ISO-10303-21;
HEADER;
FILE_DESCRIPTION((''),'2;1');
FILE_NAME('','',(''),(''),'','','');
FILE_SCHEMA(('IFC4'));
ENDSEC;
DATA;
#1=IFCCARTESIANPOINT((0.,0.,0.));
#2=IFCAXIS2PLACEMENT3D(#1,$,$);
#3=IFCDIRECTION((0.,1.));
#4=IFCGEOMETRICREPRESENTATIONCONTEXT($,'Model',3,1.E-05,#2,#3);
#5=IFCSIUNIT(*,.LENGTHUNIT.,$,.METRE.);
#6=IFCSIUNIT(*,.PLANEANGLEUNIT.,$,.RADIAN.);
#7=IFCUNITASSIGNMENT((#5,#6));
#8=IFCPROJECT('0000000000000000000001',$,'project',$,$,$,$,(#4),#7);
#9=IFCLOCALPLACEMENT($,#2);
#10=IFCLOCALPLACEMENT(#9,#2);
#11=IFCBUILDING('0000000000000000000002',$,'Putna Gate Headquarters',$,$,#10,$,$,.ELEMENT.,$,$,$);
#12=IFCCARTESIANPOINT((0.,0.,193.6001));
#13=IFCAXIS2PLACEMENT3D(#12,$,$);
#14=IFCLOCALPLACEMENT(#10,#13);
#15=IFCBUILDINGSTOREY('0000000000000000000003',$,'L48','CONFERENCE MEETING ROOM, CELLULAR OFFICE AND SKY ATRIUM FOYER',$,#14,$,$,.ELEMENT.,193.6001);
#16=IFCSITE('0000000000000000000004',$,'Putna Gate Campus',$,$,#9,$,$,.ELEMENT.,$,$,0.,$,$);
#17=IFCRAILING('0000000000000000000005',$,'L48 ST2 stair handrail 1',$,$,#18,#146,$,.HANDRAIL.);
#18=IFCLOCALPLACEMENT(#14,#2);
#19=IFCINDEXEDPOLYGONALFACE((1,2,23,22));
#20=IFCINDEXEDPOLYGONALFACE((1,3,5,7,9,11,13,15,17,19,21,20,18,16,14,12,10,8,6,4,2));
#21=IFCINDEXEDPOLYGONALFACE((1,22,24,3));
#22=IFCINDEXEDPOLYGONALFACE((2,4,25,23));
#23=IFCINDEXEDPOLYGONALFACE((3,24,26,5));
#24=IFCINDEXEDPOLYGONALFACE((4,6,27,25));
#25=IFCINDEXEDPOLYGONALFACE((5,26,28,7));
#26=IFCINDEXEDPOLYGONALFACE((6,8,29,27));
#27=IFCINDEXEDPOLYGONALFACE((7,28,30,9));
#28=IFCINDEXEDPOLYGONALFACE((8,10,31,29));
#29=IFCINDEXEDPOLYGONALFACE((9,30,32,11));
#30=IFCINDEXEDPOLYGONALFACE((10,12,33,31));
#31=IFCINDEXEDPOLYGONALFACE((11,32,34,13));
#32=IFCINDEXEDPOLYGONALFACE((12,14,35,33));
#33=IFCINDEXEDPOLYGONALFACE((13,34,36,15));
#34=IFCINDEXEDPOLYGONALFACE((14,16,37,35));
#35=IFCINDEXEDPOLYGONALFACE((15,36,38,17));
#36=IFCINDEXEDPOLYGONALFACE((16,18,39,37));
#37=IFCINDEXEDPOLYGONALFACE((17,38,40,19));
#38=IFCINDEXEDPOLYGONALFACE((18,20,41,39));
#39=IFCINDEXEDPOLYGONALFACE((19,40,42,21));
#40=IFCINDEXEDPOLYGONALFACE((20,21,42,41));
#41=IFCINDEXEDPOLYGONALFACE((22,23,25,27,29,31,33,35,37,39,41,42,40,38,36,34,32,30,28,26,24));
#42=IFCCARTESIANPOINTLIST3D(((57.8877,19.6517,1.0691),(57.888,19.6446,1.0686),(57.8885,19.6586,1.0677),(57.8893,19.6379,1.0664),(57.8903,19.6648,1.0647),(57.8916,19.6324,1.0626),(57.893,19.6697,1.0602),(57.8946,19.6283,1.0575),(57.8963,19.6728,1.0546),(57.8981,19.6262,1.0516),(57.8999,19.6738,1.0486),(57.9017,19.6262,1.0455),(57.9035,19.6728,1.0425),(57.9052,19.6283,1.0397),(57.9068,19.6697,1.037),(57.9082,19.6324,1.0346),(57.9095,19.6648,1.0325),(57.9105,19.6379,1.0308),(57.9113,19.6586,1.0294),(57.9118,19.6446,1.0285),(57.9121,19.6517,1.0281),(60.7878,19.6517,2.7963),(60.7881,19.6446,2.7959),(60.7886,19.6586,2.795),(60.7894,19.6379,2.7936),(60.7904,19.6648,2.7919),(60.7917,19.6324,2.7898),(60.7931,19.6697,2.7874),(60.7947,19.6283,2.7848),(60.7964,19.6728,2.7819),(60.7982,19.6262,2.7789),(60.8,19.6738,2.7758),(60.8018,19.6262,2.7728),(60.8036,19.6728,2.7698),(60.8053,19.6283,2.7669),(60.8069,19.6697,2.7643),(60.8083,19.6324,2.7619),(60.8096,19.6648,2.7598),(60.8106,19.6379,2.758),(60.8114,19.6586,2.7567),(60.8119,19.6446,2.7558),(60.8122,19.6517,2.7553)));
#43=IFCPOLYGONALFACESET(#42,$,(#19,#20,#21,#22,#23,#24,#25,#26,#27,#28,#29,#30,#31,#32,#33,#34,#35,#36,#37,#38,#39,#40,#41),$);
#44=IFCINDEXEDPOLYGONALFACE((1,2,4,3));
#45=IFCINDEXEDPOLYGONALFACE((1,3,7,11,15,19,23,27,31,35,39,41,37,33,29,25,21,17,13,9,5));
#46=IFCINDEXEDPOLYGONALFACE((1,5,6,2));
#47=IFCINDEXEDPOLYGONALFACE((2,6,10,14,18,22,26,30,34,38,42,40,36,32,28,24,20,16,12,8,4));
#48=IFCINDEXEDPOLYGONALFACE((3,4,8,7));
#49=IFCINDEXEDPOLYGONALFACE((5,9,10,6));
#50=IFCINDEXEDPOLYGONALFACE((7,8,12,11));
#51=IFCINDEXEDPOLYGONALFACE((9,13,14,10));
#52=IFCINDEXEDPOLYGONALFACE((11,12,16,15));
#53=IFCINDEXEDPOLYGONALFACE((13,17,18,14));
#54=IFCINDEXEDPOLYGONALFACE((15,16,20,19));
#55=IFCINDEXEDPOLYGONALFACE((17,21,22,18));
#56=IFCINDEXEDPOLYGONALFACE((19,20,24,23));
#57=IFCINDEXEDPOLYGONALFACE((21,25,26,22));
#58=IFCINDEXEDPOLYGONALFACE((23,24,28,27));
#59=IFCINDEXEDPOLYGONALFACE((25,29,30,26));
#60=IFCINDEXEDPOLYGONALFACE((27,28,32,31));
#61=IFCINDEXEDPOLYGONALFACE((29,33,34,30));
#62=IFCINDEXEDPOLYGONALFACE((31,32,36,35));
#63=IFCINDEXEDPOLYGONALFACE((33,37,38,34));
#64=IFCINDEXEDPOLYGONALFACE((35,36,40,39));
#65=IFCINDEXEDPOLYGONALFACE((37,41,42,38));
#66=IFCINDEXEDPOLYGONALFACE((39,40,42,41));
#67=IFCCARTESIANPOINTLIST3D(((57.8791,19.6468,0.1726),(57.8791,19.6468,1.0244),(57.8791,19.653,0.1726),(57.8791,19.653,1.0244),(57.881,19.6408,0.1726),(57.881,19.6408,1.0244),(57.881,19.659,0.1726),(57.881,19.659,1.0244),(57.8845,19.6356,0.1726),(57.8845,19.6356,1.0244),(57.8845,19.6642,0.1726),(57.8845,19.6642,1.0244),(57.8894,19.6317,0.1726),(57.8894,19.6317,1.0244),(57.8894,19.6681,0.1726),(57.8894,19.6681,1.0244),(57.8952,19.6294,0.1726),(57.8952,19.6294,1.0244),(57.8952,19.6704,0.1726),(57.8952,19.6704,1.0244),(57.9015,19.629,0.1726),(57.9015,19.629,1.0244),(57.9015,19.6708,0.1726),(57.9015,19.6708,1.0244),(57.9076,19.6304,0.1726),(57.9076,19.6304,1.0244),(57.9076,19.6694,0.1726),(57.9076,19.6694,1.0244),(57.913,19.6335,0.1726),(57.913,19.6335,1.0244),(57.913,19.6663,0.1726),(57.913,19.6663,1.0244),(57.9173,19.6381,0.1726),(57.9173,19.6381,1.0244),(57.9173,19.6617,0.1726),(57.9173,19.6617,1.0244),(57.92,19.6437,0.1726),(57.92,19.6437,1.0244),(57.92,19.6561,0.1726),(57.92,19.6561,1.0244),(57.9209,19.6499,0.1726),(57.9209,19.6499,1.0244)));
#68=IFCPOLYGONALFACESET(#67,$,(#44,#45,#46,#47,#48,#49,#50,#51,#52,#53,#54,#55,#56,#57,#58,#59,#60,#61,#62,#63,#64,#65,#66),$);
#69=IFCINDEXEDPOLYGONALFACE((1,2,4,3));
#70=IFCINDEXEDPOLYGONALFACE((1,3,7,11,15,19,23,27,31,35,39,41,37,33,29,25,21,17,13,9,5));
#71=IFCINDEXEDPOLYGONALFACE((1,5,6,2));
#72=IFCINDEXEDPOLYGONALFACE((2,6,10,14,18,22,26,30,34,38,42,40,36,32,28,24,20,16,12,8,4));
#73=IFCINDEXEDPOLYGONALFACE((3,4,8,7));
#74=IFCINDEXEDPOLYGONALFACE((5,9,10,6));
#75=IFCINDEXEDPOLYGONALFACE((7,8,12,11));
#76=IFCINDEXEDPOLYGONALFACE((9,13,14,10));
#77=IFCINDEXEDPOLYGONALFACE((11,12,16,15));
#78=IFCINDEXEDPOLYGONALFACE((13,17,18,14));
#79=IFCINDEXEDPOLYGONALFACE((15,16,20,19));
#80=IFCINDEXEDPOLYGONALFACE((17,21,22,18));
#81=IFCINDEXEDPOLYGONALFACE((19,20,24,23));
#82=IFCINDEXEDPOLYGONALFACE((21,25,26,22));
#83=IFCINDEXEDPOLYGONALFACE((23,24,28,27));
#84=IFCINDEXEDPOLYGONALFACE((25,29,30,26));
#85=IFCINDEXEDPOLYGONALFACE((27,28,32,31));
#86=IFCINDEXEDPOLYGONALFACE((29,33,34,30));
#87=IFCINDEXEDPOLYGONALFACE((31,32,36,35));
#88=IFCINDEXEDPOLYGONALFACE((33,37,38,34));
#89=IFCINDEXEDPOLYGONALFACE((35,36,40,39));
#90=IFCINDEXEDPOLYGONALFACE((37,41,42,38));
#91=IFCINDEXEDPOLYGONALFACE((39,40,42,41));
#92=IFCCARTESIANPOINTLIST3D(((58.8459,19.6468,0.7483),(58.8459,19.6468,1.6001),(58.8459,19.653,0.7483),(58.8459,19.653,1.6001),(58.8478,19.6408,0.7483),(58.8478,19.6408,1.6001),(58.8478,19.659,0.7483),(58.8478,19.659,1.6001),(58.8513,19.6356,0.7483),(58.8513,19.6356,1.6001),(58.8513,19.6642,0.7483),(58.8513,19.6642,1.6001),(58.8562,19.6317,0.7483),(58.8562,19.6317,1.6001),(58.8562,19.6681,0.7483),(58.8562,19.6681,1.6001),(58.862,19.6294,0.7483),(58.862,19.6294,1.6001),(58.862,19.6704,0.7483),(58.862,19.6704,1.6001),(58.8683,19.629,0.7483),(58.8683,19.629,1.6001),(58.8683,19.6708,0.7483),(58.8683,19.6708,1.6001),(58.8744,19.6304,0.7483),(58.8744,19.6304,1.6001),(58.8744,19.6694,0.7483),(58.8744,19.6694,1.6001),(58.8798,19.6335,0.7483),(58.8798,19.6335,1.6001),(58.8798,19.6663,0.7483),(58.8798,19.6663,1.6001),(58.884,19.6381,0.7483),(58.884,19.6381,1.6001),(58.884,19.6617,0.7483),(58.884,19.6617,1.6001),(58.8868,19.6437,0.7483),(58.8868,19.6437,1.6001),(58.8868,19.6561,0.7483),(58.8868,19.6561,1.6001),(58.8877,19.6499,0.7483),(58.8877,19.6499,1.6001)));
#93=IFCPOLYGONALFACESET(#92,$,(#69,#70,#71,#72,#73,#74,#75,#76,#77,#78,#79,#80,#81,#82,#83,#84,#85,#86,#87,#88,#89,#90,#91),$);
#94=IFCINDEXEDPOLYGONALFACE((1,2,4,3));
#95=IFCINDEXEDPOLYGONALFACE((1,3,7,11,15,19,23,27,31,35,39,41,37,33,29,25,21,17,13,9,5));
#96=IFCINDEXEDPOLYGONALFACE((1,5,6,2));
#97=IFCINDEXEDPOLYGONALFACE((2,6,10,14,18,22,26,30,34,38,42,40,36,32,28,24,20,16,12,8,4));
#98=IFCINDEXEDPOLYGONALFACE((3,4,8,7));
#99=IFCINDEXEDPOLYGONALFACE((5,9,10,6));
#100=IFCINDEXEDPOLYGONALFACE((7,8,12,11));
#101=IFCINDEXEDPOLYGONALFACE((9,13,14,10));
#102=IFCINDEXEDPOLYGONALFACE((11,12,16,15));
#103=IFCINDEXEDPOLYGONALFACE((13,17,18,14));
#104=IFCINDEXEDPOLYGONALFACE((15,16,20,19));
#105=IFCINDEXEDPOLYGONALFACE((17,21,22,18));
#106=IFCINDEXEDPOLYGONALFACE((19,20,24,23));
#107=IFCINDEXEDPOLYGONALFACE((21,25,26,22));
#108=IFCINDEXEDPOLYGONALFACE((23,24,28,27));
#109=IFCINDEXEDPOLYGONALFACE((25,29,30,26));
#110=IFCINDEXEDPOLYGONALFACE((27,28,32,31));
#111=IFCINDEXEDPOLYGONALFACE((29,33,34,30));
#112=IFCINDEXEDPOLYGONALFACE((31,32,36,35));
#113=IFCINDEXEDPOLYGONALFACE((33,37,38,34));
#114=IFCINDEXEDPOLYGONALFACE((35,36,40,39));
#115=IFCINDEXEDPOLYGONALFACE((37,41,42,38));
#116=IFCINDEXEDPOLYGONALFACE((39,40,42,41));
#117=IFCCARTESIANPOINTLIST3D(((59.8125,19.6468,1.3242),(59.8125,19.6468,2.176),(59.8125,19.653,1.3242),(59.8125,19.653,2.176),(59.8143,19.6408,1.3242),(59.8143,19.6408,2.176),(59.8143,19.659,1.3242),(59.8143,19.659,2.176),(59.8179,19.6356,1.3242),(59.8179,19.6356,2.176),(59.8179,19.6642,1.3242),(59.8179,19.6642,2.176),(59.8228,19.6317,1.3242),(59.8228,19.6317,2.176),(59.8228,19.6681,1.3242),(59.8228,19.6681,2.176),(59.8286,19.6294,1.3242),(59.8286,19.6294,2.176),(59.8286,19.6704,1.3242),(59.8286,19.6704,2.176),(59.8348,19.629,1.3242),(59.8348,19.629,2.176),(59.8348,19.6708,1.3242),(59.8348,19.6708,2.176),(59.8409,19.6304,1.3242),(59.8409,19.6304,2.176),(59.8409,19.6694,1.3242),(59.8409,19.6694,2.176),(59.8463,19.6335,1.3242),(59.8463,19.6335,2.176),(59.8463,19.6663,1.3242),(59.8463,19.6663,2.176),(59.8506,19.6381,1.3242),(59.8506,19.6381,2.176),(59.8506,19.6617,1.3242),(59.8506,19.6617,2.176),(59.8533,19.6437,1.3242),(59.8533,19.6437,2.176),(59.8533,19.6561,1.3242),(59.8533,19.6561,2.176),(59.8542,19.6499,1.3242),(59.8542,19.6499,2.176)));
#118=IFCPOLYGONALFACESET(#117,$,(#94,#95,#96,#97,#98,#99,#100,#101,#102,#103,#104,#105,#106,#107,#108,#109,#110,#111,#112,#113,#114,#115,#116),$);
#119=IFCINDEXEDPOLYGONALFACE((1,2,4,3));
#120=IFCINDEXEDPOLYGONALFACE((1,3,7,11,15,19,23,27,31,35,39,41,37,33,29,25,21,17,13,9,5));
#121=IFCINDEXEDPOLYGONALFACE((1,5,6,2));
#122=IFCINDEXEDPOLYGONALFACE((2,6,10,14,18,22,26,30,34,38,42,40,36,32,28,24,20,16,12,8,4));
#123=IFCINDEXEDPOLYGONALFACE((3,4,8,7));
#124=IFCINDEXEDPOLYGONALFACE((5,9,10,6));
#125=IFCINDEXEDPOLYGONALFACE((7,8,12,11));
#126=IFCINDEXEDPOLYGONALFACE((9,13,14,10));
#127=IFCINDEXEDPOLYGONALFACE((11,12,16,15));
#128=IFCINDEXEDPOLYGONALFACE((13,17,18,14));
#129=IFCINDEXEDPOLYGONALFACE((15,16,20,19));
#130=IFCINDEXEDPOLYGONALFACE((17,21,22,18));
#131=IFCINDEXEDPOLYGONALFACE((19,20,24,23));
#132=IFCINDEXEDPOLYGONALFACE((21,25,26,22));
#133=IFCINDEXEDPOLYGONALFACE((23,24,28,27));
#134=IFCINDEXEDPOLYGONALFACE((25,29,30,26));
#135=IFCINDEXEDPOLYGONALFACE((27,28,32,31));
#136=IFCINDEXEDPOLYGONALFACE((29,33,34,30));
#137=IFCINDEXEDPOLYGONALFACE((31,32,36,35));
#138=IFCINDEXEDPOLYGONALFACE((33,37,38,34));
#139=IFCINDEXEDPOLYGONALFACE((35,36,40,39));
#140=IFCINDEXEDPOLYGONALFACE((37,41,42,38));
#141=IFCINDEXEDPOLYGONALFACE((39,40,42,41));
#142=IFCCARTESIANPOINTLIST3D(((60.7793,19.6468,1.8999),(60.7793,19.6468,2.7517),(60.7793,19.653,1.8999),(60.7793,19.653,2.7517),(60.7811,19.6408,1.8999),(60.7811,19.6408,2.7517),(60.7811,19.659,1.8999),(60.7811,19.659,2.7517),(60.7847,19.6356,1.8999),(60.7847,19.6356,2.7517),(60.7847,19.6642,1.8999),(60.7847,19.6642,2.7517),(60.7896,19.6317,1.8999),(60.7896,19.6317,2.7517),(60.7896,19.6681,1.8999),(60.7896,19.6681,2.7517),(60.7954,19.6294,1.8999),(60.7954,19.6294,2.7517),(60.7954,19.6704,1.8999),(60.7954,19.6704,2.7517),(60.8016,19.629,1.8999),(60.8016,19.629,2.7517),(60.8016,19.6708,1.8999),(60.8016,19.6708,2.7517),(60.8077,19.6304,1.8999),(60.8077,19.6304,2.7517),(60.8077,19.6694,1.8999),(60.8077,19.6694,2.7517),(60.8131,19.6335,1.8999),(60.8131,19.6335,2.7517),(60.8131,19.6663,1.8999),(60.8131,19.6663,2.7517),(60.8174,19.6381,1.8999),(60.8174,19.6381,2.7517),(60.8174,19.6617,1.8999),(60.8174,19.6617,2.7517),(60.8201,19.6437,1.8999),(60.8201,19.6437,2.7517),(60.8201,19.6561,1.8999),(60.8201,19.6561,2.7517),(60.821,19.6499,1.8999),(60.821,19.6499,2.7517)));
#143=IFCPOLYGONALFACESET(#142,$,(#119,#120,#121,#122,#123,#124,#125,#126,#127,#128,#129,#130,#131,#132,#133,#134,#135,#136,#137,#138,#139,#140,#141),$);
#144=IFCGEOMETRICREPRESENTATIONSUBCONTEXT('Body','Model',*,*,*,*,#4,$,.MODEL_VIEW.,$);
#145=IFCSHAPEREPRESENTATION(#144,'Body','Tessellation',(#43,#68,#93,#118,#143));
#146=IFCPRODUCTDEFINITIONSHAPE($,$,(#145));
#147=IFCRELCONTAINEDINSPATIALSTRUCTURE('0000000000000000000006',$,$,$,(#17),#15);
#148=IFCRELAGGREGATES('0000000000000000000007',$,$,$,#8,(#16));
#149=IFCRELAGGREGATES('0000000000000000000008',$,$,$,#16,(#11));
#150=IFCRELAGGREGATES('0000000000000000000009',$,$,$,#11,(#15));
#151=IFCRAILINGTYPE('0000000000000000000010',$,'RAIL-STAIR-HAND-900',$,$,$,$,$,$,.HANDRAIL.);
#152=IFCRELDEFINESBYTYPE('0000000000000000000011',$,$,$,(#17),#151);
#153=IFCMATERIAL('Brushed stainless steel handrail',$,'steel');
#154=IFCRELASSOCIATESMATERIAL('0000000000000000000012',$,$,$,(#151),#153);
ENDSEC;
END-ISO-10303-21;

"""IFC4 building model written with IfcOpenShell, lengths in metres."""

from ifc_helpers import new_model, si_unit, direction, frame, origin, origin_2d, place, context, subcontext, project, spatial, circle, extrude, material, type_object, element, save


model = new_model("IFC4")

# Units and contexts
model_context = context("Model", 3, precision=1e-05, world=origin(), true_north=direction((0.0, 1.0)))
body_context = subcontext(model_context, "Body", "Model", "MODEL_VIEW")
ifc_project = project(units=[si_unit("LENGTHUNIT", "METRE"), si_unit("PLANEANGLEUNIT", "RADIAN")], contexts=[model_context])

# Site, building, storey
site_placement = place(None, origin())
site = spatial("IfcSite", under=ifc_project, at=site_placement, Name="Putna Gate Campus", CompositionType="ELEMENT", RefElevation=0.0)
building_placement = place(site_placement, origin())
building = spatial("IfcBuilding", under=site, at=building_placement, Name="Putna Gate Headquarters", CompositionType="ELEMENT")
storey_placement = place(building_placement, frame((0.0, 0.0, 193.6001)))
storey = spatial("IfcBuildingStorey", under=building, at=storey_placement, Name="L48", Description="CONFERENCE MEETING ROOM, CELLULAR OFFICE AND SKY ATRIUM FOYER", CompositionType="ELEMENT", Elevation=193.6001)

# Railing
ifc_material_1 = material(Name="Brushed stainless steel handrail", Category="steel")
railing_type_1 = type_object("IfcRailingType", Name="RAIL-STAIR-HAND-900", PredefinedType="HANDRAIL", material=ifc_material_1)
railing_1_placement = place(storey_placement, frame((57.8999, 19.6499, 0.1726)))
element("IfcRailing", 1, at=railing_1_placement, inside=storey, type_object=railing_type_1, Name="L48 ST2 stair handrail 1", PredefinedType="HANDRAIL", context=body_context, shape_type="SweptSolid", body=[
    extrude(circle(Radius=0.0239, at=origin_2d()), frame((0.0, 0.0, 0.876), z_axis=(0.85916, 0.0, 0.511706), x_axis=(0.0, 1.0, 0.0)), (0.0, 0.0, 1.0), 3.3755),
    extrude(circle(Radius=0.021, at=origin_2d()), origin(), (0.0, 0.0, 1.0), 0.8518),
    extrude(circle(Radius=0.021, at=origin_2d()), frame((0.9668, 0.0, 0.5757)), (0.0, 0.0, 1.0), 0.8518),
    extrude(circle(Radius=0.021, at=origin_2d()), frame((1.9333, 0.0, 1.1516)), (0.0, 0.0, 1.0), 0.8518),
    extrude(circle(Radius=0.021, at=origin_2d()), frame((2.9001, 0.0, 1.7273)), (0.0, 0.0, 1.0), 0.8518),
])

save(model, "model.ifc")
